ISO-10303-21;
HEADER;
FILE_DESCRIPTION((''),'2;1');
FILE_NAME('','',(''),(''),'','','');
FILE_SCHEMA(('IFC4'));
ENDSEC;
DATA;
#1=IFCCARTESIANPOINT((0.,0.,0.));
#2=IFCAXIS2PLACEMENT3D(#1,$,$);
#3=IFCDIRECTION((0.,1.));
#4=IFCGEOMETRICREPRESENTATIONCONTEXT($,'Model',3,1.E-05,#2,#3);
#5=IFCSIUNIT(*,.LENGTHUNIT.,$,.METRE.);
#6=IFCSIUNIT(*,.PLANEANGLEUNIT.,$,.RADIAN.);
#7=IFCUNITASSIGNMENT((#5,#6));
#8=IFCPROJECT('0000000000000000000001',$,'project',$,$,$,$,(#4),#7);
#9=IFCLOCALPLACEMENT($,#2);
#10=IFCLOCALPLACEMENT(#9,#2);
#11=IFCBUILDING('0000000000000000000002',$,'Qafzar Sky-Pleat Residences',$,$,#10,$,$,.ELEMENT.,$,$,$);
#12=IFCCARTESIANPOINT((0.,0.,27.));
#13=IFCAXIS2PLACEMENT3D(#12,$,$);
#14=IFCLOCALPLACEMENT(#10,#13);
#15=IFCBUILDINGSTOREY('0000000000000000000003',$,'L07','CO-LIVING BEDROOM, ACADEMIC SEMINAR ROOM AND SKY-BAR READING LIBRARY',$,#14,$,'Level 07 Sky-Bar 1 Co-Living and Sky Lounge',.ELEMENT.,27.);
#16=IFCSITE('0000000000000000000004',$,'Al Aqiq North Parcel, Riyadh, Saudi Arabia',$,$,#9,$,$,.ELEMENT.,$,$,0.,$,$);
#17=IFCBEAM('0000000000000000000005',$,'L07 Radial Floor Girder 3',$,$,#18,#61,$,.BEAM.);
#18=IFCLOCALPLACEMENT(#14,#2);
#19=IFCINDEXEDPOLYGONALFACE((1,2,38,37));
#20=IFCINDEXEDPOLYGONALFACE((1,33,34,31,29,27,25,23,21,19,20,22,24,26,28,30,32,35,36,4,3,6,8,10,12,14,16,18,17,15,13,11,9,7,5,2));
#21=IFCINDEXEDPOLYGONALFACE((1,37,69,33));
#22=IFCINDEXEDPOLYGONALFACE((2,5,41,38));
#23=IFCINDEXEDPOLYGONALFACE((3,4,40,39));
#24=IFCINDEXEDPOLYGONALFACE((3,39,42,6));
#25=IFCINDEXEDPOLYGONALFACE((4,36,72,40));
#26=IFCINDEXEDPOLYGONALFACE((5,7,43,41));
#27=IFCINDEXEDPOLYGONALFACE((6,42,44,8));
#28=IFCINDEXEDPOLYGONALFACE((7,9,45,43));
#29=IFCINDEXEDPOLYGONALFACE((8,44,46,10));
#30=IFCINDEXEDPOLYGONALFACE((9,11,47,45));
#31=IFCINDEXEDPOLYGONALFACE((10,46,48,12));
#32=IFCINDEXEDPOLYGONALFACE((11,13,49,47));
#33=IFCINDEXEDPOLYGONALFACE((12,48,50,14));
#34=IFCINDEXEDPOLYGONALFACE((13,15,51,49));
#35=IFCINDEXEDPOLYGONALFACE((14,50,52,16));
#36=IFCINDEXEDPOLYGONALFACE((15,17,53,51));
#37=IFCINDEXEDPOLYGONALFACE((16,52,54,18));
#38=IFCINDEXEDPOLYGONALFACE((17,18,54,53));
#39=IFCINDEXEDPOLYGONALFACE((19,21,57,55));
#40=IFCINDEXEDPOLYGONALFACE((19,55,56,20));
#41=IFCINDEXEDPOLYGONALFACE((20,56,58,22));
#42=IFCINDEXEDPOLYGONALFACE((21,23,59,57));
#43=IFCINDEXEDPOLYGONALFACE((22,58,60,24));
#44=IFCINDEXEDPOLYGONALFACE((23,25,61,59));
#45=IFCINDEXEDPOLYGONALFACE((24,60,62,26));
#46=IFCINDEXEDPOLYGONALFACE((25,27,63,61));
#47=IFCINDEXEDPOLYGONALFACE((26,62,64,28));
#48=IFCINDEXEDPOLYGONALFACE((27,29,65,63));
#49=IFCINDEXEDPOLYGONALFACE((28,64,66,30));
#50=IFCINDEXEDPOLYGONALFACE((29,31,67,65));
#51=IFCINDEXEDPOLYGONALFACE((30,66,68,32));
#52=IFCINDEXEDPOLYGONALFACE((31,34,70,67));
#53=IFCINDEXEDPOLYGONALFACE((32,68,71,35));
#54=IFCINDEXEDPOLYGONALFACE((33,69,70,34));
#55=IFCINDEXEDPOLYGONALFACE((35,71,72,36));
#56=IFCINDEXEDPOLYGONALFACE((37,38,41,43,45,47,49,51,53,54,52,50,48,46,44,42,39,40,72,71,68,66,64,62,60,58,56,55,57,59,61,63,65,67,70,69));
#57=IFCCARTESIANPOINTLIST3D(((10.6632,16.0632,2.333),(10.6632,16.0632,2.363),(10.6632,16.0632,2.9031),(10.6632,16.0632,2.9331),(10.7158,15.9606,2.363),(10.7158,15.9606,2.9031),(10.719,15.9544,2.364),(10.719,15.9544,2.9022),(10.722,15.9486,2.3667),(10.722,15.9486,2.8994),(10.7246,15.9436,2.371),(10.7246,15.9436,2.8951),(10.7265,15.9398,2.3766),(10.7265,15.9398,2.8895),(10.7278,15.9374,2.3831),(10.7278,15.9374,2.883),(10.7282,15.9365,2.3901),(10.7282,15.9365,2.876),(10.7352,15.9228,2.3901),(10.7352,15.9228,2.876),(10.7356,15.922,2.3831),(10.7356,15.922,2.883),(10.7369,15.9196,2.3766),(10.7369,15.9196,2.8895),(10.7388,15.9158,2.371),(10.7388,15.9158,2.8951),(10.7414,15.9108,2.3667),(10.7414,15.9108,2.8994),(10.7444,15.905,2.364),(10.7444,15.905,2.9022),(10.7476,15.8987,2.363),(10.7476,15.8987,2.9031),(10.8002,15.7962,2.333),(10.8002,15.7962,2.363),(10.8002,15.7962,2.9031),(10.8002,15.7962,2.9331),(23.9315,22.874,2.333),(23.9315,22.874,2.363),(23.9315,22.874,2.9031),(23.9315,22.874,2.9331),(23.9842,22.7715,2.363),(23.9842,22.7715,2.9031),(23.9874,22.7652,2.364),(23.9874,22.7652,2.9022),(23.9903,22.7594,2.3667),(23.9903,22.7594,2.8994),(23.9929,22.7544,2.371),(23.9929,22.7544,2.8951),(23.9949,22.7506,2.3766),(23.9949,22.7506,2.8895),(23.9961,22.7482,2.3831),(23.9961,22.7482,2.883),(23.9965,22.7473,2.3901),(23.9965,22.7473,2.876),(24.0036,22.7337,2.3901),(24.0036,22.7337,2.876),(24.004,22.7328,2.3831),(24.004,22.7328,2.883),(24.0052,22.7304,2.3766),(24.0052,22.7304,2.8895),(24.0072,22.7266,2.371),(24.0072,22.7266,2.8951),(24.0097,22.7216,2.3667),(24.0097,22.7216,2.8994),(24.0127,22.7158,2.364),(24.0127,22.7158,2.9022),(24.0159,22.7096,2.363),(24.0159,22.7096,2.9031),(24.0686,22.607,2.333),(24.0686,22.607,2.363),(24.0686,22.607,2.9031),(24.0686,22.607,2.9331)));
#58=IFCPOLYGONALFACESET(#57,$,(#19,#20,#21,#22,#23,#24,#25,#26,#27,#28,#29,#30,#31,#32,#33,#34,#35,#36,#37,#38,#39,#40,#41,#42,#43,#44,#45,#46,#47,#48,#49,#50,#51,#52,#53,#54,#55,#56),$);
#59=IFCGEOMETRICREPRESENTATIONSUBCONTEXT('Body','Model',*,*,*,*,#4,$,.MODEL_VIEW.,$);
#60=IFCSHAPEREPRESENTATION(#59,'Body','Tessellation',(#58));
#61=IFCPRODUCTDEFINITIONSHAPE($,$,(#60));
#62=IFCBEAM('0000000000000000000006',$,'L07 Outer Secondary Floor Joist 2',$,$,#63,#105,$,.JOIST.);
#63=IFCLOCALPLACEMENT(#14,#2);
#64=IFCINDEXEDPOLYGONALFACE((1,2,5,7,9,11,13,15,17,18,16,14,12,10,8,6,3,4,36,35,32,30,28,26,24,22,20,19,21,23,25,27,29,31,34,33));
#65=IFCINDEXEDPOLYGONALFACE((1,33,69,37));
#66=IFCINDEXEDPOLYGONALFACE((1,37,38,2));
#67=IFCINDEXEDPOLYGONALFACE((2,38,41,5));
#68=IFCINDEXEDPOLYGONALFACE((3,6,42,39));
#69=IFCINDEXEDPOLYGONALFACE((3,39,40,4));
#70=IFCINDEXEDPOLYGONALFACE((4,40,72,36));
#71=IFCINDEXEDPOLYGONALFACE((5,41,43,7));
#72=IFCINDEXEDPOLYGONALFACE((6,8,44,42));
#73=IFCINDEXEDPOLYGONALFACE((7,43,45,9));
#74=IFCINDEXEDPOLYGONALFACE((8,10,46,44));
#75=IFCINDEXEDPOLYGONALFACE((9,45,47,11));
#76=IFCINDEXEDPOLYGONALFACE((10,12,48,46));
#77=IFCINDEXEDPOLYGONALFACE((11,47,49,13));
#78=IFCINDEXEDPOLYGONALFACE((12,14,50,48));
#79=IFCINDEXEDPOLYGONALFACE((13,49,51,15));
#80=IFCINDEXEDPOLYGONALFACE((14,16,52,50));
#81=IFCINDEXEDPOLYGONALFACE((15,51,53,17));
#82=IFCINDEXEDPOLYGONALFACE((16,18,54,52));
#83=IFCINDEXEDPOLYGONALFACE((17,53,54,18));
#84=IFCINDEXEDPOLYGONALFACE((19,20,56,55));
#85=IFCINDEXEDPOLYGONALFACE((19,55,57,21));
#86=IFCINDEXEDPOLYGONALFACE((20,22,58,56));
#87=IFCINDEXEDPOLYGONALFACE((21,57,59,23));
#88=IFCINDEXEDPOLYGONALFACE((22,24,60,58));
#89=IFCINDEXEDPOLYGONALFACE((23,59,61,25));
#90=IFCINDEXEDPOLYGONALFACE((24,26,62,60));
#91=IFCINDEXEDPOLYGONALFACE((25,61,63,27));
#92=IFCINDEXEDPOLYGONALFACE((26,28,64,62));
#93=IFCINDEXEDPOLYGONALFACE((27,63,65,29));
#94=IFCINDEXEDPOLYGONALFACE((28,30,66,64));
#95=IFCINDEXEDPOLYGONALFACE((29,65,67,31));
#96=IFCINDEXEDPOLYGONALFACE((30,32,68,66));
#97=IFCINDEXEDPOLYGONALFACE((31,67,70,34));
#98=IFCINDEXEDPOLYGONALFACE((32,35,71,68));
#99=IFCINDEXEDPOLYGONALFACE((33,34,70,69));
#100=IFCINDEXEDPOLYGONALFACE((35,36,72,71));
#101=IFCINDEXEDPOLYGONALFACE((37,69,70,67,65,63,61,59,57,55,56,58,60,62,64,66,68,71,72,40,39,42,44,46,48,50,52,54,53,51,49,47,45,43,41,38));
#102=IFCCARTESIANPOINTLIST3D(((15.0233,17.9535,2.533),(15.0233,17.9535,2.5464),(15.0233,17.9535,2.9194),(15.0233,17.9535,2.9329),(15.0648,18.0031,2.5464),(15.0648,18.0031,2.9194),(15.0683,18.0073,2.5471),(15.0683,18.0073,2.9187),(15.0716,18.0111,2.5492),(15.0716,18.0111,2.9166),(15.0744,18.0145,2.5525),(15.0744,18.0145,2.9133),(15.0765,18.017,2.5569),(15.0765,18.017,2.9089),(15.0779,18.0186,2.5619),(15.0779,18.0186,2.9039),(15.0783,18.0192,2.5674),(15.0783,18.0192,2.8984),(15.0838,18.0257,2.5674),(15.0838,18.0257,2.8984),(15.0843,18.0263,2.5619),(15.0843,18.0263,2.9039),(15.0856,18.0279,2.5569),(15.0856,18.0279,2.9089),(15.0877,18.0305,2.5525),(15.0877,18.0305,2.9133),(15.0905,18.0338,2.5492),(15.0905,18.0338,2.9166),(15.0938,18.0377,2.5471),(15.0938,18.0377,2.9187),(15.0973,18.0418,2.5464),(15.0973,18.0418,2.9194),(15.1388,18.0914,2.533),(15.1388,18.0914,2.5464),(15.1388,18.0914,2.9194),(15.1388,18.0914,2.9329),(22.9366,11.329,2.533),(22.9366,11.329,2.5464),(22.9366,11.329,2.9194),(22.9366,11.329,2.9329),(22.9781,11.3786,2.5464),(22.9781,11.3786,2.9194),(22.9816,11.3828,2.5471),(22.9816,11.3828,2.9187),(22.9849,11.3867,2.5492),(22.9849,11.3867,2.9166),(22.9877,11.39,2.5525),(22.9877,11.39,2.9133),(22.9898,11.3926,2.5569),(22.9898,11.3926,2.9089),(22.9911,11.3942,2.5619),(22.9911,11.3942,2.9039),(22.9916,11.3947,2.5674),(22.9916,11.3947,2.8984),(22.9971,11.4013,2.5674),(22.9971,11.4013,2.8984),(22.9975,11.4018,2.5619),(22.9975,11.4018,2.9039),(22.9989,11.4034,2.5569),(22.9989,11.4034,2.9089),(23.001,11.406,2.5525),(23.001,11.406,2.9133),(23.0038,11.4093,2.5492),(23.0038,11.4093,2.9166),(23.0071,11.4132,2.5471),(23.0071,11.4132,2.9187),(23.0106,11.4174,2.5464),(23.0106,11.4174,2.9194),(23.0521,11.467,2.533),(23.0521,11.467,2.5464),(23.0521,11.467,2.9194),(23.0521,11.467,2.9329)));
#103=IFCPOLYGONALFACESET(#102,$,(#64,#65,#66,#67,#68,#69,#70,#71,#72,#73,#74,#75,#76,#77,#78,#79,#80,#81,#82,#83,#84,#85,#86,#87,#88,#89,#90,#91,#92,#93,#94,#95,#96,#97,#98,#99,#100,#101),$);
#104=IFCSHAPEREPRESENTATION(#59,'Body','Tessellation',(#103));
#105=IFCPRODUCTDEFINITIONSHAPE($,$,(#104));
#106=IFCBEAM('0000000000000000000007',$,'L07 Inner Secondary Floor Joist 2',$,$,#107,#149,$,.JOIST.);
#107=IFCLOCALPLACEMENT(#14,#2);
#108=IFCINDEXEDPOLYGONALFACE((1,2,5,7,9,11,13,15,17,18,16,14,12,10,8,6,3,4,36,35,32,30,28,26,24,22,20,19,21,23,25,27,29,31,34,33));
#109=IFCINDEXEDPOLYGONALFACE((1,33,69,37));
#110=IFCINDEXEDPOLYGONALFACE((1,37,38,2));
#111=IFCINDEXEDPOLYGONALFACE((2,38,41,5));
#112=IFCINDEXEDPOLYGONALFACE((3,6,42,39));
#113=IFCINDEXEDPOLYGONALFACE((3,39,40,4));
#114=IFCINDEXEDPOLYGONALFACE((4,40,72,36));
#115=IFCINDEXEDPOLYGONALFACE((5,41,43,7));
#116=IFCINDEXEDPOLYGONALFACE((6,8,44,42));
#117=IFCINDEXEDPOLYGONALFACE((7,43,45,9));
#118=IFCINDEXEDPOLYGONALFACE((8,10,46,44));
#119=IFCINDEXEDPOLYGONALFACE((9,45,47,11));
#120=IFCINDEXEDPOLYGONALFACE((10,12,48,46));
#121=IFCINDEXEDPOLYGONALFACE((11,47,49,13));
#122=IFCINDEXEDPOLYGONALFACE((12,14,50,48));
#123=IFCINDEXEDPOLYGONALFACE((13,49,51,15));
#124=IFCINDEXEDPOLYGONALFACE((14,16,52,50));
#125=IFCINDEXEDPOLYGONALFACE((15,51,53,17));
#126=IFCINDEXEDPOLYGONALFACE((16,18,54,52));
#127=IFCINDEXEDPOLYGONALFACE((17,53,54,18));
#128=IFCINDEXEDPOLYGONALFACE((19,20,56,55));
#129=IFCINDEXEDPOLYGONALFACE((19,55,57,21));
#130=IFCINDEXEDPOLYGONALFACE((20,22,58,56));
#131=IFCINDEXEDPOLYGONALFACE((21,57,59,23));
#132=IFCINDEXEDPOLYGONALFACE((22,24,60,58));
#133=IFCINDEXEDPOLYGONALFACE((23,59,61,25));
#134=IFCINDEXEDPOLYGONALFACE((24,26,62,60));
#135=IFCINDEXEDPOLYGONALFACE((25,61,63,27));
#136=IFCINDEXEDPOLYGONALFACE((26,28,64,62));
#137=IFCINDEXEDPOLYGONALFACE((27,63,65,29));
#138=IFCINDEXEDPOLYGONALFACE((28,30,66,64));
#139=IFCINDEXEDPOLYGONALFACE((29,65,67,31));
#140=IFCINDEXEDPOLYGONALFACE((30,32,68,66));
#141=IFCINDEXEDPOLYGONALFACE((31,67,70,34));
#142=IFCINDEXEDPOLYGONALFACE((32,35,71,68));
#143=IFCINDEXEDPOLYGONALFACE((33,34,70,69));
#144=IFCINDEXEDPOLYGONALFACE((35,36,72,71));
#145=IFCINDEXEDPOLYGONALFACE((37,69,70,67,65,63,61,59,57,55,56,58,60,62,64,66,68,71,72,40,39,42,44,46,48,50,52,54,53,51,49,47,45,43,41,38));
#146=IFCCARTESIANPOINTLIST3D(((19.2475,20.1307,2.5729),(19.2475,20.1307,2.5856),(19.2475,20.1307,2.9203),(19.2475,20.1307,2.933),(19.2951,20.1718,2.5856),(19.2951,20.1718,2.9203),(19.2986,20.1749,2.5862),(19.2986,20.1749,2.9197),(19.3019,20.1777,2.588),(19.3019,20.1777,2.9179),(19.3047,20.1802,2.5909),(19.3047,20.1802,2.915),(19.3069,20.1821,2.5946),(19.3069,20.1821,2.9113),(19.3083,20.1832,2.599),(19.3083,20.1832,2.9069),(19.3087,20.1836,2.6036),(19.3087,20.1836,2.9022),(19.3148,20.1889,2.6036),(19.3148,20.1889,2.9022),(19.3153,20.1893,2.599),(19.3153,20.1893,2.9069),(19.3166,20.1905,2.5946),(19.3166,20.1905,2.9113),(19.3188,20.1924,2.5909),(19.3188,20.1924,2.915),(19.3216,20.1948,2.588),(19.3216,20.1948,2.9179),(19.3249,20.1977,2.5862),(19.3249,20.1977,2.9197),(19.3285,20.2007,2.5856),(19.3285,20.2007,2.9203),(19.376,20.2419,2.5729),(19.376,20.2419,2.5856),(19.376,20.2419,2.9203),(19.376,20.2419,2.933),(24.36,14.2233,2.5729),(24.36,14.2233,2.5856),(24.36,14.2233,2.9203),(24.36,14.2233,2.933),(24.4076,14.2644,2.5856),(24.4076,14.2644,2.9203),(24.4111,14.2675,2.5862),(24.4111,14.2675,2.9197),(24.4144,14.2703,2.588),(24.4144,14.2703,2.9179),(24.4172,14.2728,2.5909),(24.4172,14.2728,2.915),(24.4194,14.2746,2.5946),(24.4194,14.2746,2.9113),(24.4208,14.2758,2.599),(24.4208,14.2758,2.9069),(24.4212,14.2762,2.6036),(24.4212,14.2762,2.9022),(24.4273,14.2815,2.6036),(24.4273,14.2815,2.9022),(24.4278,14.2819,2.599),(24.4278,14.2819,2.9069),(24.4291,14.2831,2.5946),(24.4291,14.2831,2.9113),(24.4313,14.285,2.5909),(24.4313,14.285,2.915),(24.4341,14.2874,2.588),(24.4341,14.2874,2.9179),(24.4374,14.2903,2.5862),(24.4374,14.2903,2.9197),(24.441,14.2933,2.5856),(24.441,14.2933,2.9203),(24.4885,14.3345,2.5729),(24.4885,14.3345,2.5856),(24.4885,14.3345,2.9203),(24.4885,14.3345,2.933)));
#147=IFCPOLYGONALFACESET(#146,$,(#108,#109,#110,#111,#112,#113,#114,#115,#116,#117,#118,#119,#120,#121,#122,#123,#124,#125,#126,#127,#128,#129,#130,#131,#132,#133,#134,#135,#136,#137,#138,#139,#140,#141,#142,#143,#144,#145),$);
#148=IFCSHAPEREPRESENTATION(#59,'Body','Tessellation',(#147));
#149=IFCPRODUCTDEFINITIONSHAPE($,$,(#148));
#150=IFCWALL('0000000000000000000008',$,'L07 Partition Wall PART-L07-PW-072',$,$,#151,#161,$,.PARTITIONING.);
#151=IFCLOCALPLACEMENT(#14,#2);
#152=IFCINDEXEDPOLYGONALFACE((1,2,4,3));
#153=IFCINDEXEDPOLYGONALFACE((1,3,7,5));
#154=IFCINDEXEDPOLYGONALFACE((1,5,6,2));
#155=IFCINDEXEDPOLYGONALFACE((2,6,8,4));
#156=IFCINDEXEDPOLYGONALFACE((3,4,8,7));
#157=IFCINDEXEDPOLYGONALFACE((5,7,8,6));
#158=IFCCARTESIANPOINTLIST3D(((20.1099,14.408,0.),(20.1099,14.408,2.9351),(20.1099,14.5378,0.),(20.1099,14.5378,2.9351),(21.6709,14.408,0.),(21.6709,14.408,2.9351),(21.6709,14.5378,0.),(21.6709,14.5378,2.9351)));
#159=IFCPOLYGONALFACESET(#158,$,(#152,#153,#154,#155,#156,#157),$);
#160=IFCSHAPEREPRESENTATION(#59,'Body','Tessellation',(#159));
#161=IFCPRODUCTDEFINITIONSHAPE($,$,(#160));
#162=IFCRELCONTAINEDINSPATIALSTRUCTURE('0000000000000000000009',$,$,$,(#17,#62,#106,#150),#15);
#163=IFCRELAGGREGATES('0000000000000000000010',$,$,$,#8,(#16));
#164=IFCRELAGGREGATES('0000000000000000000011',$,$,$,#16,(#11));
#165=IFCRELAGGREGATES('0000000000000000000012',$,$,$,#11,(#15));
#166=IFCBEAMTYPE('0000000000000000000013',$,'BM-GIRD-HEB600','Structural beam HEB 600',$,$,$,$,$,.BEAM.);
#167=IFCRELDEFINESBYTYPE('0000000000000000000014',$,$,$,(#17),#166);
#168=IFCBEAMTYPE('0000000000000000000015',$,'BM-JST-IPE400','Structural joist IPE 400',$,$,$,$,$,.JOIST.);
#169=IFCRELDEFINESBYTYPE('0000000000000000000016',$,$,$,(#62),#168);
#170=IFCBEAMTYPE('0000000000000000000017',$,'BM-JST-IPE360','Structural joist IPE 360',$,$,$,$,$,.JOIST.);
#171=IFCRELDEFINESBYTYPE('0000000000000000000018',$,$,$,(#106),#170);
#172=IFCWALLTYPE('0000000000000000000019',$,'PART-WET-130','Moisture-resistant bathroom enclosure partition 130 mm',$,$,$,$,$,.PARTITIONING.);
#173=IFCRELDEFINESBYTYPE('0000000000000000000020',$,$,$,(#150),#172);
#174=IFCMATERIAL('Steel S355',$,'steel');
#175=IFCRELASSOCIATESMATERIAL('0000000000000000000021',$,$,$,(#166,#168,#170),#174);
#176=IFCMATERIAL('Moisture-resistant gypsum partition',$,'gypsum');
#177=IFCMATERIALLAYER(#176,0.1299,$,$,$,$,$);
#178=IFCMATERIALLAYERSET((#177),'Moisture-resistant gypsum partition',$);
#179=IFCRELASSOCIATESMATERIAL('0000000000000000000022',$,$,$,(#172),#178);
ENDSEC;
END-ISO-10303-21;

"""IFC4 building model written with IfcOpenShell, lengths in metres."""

from ifc_helpers import new_model, si_unit, direction, frame, frame_2d, origin, origin_2d, place, context, subcontext, project, spatial, rectangle, i_section, extrude, source, transform, mapped, material, layer, layer_set, material_profile, profile_set, type_object, element, save


model = new_model("IFC4")

# Units and contexts
model_context = context("Model", 3, precision=1e-05, world=origin(), true_north=direction((0.0, 1.0)))
body_context = subcontext(model_context, "Body", "Model", "MODEL_VIEW")
ifc_project = project(units=[si_unit("LENGTHUNIT", "METRE"), si_unit("PLANEANGLEUNIT", "RADIAN")], contexts=[model_context])

# Site, building, storey
site_placement = place(None, origin())
site = spatial("IfcSite", under=ifc_project, at=site_placement, Name="Al Aqiq North Parcel, Riyadh, Saudi Arabia", CompositionType="ELEMENT", RefElevation=0.0)
building_placement = place(site_placement, origin())
building = spatial("IfcBuilding", under=site, at=building_placement, Name="Qafzar Sky-Pleat Residences", CompositionType="ELEMENT")
storey_placement = place(building_placement, frame((0.0, 0.0, 27.0)))
storey = spatial("IfcBuildingStorey", under=building, at=storey_placement, Name="L07", Description="CO-LIVING BEDROOM, ACADEMIC SEMINAR ROOM AND SKY-BAR READING LIBRARY", LongName="Level 07 Sky-Bar 1 Co-Living and Sky Lounge", CompositionType="ELEMENT", Elevation=27.0)

# Beams
ifc_material_1 = material(Name="Steel S355", Category="steel")
ifc_material_profile_1 = material_profile(ifc_material_1, i_section(OverallWidth=0.3, OverallDepth=0.6001, WebThickness=0.0154, FlangeThickness=0.03, FilletRadius=0.0271, at=origin_2d()), Name="HEB 600")
ifc_profile_set_1 = profile_set([ifc_material_profile_1], Name="Steel S355")
beam_type_1 = type_object("IfcBeamType", Name="BM-GIRD-HEB600", Description="Structural beam HEB 600", PredefinedType="BEAM", material=ifc_profile_set_1)
shared_shape_1 = source(origin(), body_context, "Body", "SweptSolid", [
    extrude(i_section(OverallWidth=0.3, OverallDepth=0.6001, WebThickness=0.0154, FlangeThickness=0.03, FilletRadius=0.0271, at=origin_2d()), origin(), (0.0, 0.0, 1.0), 14.9143),
])
beam_1_placement = place(storey_placement, frame((10.7317, 15.9297, 2.6331), z_axis=(0.88964, 0.456663, 0.0), x_axis=(-0.456663, 0.88964, 0.0)))
element("IfcBeam", 1, at=beam_1_placement, inside=storey, type_object=beam_type_1, Name="L07 Radial Floor Girder 3", PredefinedType="BEAM", context=body_context, shape_type="MappedRepresentation", body=[
    mapped(shared_shape_1, transform((0.0, 0.0, 0.0), x_axis=(1.0, 0.0, 0.0), y_axis=(0.0, 1.0, 0.0), z_axis=(0.0, 0.0, 1.0), scale=1.0)),
])
ifc_material_profile_2 = material_profile(ifc_material_1, i_section(OverallWidth=0.1799, OverallDepth=0.3999, WebThickness=0.0085, FlangeThickness=0.0134, FilletRadius=0.021, at=origin_2d()), Name="IPE 400")
ifc_profile_set_2 = profile_set([ifc_material_profile_2], Name="Steel S355")
beam_type_2 = type_object("IfcBeamType", Name="BM-JST-IPE400", Description="Structural joist IPE 400", PredefinedType="JOIST", material=ifc_profile_set_2)
shared_shape_2 = source(origin(), body_context, "Body", "SweptSolid", [
    extrude(i_section(OverallWidth=0.1799, OverallDepth=0.3999, WebThickness=0.0085, FlangeThickness=0.0134, FilletRadius=0.021, at=origin_2d()), origin(), (0.0, 0.0, 1.0), 10.3201),
])
beam_2_placement = place(storey_placement, frame((15.0811, 18.0225, 2.7329), z_axis=(0.766786, -0.641902, 0.0), x_axis=(0.641902, 0.766786, 0.0)))
element("IfcBeam", 2, at=beam_2_placement, inside=storey, type_object=beam_type_2, Name="L07 Outer Secondary Floor Joist 2", PredefinedType="JOIST", context=body_context, shape_type="MappedRepresentation", body=[
    mapped(shared_shape_2, transform((0.0, 0.0, 0.0), x_axis=(1.0, 0.0, 0.0), y_axis=(0.0, 1.0, 0.0), z_axis=(0.0, 0.0, 1.0), scale=1.0)),
])
ifc_material_profile_3 = material_profile(ifc_material_1, i_section(OverallWidth=0.1699, OverallDepth=0.3601, WebThickness=0.0081, FlangeThickness=0.0127, FilletRadius=0.0181, at=origin_2d()), Name="IPE 360")
ifc_profile_set_3 = profile_set([ifc_material_profile_3], Name="Steel S355")
beam_type_3 = type_object("IfcBeamType", Name="BM-JST-IPE360", Description="Structural joist IPE 360", PredefinedType="JOIST", material=ifc_profile_set_3)
shared_shape_3 = source(origin(), body_context, "Body", "SweptSolid", [
    extrude(i_section(OverallWidth=0.1699, OverallDepth=0.3601, WebThickness=0.0081, FlangeThickness=0.0127, FilletRadius=0.0181, at=origin_2d()), origin(), (0.0, 0.0, 1.0), 7.8125),
])
beam_3_placement = place(storey_placement, frame((19.3118, 20.1863, 2.7529), z_axis=(0.6544, -0.756149, 0.0), x_axis=(0.756149, 0.6544, 0.0)))
element("IfcBeam", 3, at=beam_3_placement, inside=storey, type_object=beam_type_3, Name="L07 Inner Secondary Floor Joist 2", PredefinedType="JOIST", context=body_context, shape_type="MappedRepresentation", body=[
    mapped(shared_shape_3, transform((0.0, 0.0, 0.0), x_axis=(1.0, 0.0, 0.0), y_axis=(0.0, 1.0, 0.0), z_axis=(0.0, 0.0, 1.0), scale=1.0)),
])

# Wall
ifc_material_2 = material(Name="Moisture-resistant gypsum partition", Category="gypsum")
ifc_layer_1 = layer(ifc_material_2, 0.1299)
ifc_layer_set_1 = layer_set([ifc_layer_1], Name="Moisture-resistant gypsum partition")
wall_type_1 = type_object("IfcWallType", Name="PART-WET-130", Description="Moisture-resistant bathroom enclosure partition 130 mm", PredefinedType="PARTITIONING", material=ifc_layer_set_1)
wall_1_placement = place(storey_placement, frame((20.1099, 14.4729, 0.0), z_axis=(0.0, 0.0, 1.0), x_axis=(1.0, 0.0, 0.0)))
element("IfcWall", 4, at=wall_1_placement, inside=storey, type_object=wall_type_1, Name="L07 Partition Wall PART-L07-PW-072", PredefinedType="PARTITIONING", context=body_context, shape_type="SweptSolid", body=[
    extrude(rectangle(XDim=1.561, YDim=0.1299, at=frame_2d((0.7805, 0.0))), origin(), (0.0, 0.0, 1.0), 2.9351),
])

save(model, "model.ifc")
